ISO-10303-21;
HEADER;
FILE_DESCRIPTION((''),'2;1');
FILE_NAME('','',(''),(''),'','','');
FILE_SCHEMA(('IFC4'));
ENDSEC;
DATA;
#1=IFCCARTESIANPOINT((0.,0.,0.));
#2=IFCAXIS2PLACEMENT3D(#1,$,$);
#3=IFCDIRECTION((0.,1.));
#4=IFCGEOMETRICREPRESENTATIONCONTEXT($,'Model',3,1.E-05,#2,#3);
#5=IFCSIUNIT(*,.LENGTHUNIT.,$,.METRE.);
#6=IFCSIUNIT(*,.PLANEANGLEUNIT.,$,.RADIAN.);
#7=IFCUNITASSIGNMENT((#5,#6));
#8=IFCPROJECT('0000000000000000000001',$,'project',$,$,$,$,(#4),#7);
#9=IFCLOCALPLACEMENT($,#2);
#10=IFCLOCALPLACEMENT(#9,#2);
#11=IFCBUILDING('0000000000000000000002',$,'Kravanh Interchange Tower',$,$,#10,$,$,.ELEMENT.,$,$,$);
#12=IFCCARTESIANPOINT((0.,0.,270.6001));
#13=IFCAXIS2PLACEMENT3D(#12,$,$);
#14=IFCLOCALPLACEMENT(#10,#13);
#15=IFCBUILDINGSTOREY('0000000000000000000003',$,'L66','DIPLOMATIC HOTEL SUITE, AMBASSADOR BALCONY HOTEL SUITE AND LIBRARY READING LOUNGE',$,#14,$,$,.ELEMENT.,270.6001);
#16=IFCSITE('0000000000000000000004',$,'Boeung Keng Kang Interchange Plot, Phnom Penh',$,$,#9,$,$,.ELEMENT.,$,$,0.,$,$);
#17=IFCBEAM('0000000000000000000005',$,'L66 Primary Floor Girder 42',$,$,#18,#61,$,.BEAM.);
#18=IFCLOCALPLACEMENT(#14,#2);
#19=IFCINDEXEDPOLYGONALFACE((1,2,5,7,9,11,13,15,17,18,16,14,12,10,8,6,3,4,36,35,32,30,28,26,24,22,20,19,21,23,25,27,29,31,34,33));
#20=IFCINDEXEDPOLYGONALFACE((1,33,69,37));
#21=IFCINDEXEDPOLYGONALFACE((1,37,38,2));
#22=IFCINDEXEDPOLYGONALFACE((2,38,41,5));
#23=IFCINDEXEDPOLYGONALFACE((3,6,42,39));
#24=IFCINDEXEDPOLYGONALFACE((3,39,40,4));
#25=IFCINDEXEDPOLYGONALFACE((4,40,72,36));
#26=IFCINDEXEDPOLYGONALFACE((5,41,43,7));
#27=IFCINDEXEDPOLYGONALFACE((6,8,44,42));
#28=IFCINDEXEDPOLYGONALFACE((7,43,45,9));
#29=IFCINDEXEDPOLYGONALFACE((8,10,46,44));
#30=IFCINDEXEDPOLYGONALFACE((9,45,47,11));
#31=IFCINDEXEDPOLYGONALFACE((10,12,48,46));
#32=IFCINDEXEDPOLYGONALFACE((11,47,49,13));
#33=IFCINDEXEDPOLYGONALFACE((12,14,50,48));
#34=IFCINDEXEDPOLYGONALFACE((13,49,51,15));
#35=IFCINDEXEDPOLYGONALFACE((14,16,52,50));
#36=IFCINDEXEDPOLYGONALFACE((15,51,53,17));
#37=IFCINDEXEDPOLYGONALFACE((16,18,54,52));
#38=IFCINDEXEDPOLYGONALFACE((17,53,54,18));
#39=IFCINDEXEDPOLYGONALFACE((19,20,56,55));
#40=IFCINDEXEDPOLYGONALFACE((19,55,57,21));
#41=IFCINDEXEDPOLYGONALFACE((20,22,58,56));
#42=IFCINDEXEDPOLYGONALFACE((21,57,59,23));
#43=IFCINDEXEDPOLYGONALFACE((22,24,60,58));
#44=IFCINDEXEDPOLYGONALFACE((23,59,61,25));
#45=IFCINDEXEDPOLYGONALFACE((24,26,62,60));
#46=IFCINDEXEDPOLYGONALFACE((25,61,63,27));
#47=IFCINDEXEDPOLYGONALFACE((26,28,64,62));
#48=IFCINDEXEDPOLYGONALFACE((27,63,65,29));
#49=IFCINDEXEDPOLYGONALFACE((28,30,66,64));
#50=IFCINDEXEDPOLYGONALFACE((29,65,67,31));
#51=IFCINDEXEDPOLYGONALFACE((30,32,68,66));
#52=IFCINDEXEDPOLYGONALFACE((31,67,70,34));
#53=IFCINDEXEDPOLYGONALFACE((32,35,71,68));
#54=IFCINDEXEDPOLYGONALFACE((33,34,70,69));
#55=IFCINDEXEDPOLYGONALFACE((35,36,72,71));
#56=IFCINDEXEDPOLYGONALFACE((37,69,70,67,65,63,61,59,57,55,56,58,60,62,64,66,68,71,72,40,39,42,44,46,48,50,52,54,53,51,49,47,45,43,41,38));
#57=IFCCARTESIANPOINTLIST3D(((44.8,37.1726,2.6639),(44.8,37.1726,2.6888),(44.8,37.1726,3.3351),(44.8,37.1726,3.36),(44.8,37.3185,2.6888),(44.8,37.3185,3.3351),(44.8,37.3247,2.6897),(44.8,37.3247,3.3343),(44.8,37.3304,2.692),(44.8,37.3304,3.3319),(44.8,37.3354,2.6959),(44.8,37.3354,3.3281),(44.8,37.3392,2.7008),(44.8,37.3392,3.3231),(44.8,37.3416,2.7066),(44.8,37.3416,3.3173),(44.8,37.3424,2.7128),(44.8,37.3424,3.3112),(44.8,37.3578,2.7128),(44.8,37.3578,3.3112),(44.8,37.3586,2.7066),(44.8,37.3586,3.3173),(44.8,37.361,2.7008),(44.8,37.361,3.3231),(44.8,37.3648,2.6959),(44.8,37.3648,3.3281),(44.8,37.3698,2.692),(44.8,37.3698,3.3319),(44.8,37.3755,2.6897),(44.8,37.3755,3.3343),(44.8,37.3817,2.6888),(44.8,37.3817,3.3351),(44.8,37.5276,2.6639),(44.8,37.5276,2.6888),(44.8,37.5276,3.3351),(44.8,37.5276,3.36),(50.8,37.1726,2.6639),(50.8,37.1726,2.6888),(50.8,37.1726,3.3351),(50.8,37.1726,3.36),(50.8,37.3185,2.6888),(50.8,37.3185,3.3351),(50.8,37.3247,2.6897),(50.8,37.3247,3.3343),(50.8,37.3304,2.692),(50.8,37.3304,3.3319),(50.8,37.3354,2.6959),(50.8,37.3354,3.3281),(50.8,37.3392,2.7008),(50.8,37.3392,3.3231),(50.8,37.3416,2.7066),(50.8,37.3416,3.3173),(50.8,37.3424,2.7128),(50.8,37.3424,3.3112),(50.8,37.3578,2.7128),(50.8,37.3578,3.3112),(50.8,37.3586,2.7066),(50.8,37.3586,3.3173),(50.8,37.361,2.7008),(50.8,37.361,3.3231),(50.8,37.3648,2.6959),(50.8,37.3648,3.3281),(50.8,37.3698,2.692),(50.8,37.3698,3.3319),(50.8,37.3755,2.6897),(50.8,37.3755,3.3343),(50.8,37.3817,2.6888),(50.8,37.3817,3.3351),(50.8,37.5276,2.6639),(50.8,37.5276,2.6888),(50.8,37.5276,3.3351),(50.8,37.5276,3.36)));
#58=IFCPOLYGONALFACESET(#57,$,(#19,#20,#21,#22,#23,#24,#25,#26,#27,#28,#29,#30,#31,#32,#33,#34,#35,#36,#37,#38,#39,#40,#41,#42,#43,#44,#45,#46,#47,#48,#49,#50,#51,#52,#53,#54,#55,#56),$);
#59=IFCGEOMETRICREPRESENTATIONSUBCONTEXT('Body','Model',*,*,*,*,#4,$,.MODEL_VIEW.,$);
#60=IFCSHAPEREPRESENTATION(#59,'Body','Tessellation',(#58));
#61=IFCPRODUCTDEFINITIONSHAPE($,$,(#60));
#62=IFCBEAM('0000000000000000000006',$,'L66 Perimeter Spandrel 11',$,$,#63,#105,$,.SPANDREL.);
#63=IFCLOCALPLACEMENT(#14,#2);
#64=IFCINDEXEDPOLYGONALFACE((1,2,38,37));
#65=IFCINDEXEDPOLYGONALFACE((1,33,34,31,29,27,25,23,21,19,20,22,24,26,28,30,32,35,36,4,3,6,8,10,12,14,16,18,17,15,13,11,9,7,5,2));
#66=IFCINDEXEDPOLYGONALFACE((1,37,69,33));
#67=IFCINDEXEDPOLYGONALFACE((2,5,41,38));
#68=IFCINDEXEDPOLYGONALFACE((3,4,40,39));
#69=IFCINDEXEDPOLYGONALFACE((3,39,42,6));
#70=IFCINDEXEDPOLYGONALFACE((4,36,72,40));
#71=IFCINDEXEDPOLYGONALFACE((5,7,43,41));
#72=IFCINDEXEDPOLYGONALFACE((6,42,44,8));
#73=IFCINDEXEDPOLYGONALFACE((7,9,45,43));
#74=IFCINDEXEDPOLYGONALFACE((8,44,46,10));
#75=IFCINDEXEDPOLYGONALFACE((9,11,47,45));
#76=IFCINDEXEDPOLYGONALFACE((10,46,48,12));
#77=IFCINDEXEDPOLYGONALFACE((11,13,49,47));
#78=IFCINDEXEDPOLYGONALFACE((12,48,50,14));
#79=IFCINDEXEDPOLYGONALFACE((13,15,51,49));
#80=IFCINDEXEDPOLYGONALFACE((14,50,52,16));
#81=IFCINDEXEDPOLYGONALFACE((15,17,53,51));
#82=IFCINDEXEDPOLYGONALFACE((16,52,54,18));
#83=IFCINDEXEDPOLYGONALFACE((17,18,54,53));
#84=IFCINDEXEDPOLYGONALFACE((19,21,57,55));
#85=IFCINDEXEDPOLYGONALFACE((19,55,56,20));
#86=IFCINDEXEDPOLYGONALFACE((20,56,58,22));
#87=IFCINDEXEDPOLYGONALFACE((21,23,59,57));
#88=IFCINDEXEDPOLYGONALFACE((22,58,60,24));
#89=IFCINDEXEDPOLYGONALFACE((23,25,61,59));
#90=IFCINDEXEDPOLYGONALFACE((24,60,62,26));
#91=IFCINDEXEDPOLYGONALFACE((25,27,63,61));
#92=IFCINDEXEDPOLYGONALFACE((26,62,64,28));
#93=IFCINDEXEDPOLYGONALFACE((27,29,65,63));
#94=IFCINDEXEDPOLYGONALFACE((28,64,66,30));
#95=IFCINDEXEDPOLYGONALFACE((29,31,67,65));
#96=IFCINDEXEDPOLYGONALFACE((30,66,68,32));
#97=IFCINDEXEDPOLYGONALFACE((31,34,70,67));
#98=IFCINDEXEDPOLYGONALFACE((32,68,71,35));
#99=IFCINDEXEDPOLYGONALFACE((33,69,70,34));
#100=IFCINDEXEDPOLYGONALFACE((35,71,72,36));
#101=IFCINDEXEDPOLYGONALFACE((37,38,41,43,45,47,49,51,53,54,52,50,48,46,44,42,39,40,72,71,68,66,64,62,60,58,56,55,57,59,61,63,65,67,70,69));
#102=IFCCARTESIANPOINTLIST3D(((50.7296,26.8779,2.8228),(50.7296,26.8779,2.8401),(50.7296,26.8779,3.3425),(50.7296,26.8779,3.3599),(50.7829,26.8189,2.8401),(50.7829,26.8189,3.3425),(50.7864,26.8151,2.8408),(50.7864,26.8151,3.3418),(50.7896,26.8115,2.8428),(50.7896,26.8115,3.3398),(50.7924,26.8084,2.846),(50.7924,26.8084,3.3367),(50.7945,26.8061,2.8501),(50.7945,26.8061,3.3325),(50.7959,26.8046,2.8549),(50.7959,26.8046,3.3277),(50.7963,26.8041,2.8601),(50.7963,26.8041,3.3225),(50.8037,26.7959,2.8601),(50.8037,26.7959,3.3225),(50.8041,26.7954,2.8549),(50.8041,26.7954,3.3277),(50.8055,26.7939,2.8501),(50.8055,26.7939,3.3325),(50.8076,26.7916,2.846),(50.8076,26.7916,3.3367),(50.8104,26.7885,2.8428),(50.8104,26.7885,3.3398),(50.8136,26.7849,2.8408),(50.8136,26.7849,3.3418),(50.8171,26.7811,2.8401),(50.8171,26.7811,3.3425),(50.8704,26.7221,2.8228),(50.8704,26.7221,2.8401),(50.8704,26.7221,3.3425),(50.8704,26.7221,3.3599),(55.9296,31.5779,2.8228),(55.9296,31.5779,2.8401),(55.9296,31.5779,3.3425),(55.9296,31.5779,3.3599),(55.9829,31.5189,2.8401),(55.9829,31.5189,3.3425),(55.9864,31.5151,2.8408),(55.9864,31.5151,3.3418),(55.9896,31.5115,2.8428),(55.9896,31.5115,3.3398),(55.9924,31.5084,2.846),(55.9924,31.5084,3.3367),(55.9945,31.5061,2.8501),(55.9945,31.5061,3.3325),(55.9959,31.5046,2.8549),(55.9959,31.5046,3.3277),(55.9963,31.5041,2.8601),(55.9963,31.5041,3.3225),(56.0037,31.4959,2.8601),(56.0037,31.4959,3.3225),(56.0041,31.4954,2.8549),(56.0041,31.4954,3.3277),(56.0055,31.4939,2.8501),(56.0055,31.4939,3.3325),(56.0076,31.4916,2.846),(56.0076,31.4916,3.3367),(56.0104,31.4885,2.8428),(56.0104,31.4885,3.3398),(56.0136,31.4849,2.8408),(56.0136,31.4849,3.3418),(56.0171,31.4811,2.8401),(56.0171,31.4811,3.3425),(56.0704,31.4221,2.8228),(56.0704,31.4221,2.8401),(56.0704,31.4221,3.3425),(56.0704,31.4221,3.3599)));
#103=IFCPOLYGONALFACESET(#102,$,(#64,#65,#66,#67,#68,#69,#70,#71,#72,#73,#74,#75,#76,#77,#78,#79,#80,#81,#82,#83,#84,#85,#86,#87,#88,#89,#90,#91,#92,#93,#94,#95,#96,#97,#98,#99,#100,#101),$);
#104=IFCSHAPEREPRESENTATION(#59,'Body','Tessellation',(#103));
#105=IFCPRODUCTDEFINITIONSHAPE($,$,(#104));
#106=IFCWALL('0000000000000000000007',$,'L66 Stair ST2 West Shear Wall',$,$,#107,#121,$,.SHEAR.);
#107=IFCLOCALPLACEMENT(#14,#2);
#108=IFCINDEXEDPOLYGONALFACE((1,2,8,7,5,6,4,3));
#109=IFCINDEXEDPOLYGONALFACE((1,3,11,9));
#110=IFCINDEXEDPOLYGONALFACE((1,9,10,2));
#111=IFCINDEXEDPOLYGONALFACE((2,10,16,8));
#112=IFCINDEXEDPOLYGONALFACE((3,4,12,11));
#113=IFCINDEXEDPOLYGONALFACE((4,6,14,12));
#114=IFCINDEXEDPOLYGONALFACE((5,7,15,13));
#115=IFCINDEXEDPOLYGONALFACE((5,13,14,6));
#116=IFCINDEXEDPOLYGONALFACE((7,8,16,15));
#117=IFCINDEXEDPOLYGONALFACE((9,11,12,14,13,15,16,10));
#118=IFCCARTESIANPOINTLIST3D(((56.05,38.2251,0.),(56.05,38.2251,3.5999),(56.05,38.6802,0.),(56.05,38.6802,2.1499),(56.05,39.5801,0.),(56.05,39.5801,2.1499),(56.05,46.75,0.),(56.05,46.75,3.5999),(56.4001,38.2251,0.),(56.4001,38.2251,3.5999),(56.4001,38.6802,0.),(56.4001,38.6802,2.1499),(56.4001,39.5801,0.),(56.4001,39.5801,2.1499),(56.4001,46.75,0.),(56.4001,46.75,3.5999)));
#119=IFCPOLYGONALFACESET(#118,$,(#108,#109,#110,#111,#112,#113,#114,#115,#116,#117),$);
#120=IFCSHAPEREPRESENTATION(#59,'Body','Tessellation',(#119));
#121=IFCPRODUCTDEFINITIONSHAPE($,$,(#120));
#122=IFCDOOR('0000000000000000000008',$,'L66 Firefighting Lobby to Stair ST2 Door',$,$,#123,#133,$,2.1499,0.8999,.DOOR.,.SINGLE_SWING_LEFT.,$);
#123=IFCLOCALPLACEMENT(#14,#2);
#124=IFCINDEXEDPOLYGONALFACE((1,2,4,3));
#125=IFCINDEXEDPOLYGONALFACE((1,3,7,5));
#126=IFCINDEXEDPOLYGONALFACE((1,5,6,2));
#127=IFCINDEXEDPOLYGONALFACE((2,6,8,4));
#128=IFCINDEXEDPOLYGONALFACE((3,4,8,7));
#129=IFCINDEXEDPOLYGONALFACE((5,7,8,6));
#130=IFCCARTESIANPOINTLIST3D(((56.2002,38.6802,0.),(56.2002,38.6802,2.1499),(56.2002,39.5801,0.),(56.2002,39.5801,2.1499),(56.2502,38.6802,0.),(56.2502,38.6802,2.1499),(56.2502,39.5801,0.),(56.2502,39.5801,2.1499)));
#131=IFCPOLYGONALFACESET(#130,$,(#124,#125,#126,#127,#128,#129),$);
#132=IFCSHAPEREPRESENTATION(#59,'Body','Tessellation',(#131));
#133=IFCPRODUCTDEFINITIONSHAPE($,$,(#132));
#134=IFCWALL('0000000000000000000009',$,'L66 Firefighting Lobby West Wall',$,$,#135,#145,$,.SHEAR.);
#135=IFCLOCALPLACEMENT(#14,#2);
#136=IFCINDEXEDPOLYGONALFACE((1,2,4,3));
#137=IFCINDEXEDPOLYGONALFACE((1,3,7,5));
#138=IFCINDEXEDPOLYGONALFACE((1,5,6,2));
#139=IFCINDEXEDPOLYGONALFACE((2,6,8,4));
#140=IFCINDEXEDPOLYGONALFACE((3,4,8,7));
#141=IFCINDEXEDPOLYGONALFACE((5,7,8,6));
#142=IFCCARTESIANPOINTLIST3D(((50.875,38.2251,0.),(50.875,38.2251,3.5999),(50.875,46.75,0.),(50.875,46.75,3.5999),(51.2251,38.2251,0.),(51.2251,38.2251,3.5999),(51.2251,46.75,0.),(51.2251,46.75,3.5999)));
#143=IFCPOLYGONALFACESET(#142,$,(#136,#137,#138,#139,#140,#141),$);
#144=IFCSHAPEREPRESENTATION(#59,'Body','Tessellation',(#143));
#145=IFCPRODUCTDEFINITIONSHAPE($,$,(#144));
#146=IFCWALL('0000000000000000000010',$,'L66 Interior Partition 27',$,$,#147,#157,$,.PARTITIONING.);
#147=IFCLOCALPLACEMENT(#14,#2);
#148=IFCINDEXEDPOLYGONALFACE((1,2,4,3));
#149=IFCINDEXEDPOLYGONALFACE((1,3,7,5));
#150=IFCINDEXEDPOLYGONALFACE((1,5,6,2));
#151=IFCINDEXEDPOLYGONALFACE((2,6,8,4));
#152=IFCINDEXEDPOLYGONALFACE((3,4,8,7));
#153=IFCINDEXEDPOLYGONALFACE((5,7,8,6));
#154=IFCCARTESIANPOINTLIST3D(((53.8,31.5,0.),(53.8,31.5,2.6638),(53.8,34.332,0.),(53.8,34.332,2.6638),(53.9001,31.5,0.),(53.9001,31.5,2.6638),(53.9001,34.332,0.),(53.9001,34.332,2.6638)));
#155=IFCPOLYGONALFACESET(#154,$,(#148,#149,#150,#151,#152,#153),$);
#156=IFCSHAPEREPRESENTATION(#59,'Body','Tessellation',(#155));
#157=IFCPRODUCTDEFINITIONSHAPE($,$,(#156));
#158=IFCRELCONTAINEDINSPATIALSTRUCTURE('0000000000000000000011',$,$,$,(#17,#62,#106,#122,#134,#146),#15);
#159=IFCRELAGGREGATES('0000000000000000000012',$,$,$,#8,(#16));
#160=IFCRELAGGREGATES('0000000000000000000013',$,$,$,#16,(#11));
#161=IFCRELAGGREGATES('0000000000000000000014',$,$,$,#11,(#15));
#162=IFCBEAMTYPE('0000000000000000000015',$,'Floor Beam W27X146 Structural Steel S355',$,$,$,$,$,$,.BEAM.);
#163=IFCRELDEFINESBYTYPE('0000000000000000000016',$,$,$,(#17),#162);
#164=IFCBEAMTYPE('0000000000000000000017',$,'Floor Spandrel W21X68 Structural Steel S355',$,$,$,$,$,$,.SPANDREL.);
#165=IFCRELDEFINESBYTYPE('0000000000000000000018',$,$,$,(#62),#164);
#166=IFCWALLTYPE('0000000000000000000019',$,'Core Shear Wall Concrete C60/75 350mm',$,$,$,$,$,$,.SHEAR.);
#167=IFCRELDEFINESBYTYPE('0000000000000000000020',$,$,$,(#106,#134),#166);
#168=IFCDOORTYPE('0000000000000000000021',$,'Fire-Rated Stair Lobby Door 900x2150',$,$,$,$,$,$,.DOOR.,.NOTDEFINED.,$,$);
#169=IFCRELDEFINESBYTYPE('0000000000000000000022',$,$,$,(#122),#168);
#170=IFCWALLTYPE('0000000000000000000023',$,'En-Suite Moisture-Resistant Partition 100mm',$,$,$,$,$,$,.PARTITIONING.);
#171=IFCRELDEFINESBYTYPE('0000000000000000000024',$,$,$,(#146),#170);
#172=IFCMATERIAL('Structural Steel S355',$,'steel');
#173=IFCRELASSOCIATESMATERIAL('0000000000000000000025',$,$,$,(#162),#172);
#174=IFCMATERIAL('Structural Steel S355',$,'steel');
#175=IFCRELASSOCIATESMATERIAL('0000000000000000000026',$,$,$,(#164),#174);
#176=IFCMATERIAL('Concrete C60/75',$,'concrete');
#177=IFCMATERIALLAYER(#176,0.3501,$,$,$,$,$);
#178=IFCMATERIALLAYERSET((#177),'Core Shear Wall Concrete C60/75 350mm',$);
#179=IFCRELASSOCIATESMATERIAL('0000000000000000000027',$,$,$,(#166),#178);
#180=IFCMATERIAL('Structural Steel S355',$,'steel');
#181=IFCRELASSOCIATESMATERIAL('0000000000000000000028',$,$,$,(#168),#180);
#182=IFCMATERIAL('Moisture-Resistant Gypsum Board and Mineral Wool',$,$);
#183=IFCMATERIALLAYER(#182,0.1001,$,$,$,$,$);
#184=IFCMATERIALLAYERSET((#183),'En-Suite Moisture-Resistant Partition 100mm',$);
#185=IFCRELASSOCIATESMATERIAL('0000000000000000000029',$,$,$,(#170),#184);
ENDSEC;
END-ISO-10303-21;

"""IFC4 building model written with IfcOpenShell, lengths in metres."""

from ifc_helpers import new_model, si_unit, direction, frame, frame_2d, origin, origin_2d, place, context, subcontext, project, spatial, rectangle, i_section, extrude, material, layer, layer_set, material_profile, profile_set, type_object, element, fill, save


model = new_model("IFC4")

# Units and contexts
model_context = context("Model", 3, precision=1e-05, world=origin(), true_north=direction((0.0, 1.0)))
body_context = subcontext(model_context, "Body", "Model", "MODEL_VIEW")
ifc_project = project(units=[si_unit("LENGTHUNIT", "METRE"), si_unit("PLANEANGLEUNIT", "RADIAN")], contexts=[model_context])

# Site, building, storey
site_placement = place(None, origin())
site = spatial("IfcSite", under=ifc_project, at=site_placement, Name="Boeung Keng Kang Interchange Plot, Phnom Penh", CompositionType="ELEMENT", RefElevation=0.0)
building_placement = place(site_placement, origin())
building = spatial("IfcBuilding", under=site, at=building_placement, Name="Kravanh Interchange Tower", CompositionType="ELEMENT")
storey_placement = place(building_placement, frame((0.0, 0.0, 270.6001)))
storey = spatial("IfcBuildingStorey", under=building, at=storey_placement, Name="L66", Description="DIPLOMATIC HOTEL SUITE, AMBASSADOR BALCONY HOTEL SUITE AND LIBRARY READING LOUNGE", CompositionType="ELEMENT", Elevation=270.6001)

# Beams
ifc_material_1 = material(Name="Structural Steel S355", Category="steel")
ifc_material_profile_1 = material_profile(ifc_material_1, i_section(OverallWidth=0.355, OverallDepth=0.696, WebThickness=0.0154, FlangeThickness=0.0249, FilletRadius=0.0239, at=origin_2d()), Name="W27X146")
ifc_profile_set_1 = profile_set([ifc_material_profile_1], Name="Structural Steel S355")
beam_type_1 = type_object("IfcBeamType", Name="Floor Beam W27X146 Structural Steel S355", PredefinedType="BEAM", material=ifc_profile_set_1)
beam_1_placement = place(storey_placement, frame((50.8, 37.3501, 3.012), z_axis=(-1.0, 0.0, 0.0), x_axis=(0.0, -1.0, 0.0)))
element("IfcBeam", 1, at=beam_1_placement, inside=storey, type_object=beam_type_1, Name="L66 Primary Floor Girder 42", PredefinedType="BEAM", context=body_context, shape_type="SweptSolid", body=[
    extrude(i_section(OverallWidth=0.355, OverallDepth=0.696, WebThickness=0.0154, FlangeThickness=0.0249, FilletRadius=0.0239, at=origin_2d()), origin(), (0.0, 0.0, 1.0), 6.0),
])
ifc_material_2 = material(Name="Structural Steel S355", Category="steel")
ifc_material_profile_2 = material_profile(ifc_material_2, i_section(OverallWidth=0.21, OverallDepth=0.5371, WebThickness=0.011, FlangeThickness=0.0173, FilletRadius=0.02, at=origin_2d()), Name="W21X68")
ifc_profile_set_2 = profile_set([ifc_material_profile_2], Name="Structural Steel S355")
beam_type_2 = type_object("IfcBeamType", Name="Floor Spandrel W21X68 Structural Steel S355", PredefinedType="SPANDREL", material=ifc_profile_set_2)
beam_2_placement = place(storey_placement, frame((56.0, 31.5, 3.0913), z_axis=(-0.741874, -0.670539, 0.0), x_axis=(0.670539, -0.741874, 0.0)))
element("IfcBeam", 2, at=beam_2_placement, inside=storey, type_object=beam_type_2, Name="L66 Perimeter Spandrel 11", PredefinedType="SPANDREL", context=body_context, shape_type="SweptSolid", body=[
    extrude(i_section(OverallWidth=0.21, OverallDepth=0.5371, WebThickness=0.011, FlangeThickness=0.0173, FilletRadius=0.02, at=origin_2d()), origin(), (0.0, 0.0, 1.0), 7.0093),
])

# Wall, opening, door
ifc_material_3 = material(Name="Concrete C60/75", Category="concrete")
ifc_layer_1 = layer(ifc_material_3, 0.3501)
ifc_layer_set_1 = layer_set([ifc_layer_1], Name="Core Shear Wall Concrete C60/75 350mm")
wall_type_1 = type_object("IfcWallType", Name="Core Shear Wall Concrete C60/75 350mm", PredefinedType="SHEAR", material=ifc_layer_set_1)
wall_1_placement = place(storey_placement, frame((56.2251, 38.2251, 0.0), z_axis=(0.0, 0.0, 1.0), x_axis=(0.0, 1.0, 0.0)))
wall_1 = element("IfcWall", 3, at=wall_1_placement, inside=storey, type_object=wall_type_1, Name="L66 Stair ST2 West Shear Wall", PredefinedType="SHEAR", context=body_context, shape_type="SweptSolid", body=[
    extrude(rectangle(XDim=8.5249, YDim=0.3501, at=frame_2d((4.2625, 0.0))), origin(), (0.0, 0.0, 1.0), 3.5999),
])
opening_1_placement = place(wall_1_placement, frame((0.4551, 0.0, 0.0)))
opening_1 = element("IfcOpeningElement", 4, at=opening_1_placement, cuts=wall_1, PredefinedType="OPENING", context=body_context, shape_type="SweptSolid", body=[
    extrude(rectangle(XDim=0.8999, YDim=2.1499, at=frame_2d((0.45, 1.075))), frame((0.0, 0.1851, 0.0), z_axis=(0.0, -1.0, 0.0), x_axis=(1.0, 0.0, 0.0)), (0.0, 0.0, 1.0), 0.3701),
])
ifc_material_4 = material(Name="Structural Steel S355", Category="steel")
door_type_1 = type_object("IfcDoorType", Name="Fire-Rated Stair Lobby Door 900x2150", OperationType="NOTDEFINED", PredefinedType="DOOR", material=ifc_material_4)
door_1_placement = place(opening_1_placement, origin())
door_1 = element("IfcDoor", 5, at=door_1_placement, inside=storey, type_object=door_type_1, Name="L66 Firefighting Lobby to Stair ST2 Door", OperationType="SINGLE_SWING_LEFT", OverallHeight=2.1499, OverallWidth=0.8999, PredefinedType="DOOR", context=body_context, shape_type="SweptSolid", body=[
    extrude(rectangle(XDim=0.8999, YDim=2.1499, at=frame_2d((0.45, 1.075))), frame((0.0, 0.0249, 0.0), z_axis=(0.0, -1.0, 0.0), x_axis=(1.0, 0.0, 0.0)), (0.0, 0.0, 1.0), 0.05),
])
fill(opening_1, door_1)

# Wall
wall_2_placement = place(storey_placement, frame((51.05, 38.2251, 0.0), z_axis=(0.0, 0.0, 1.0), x_axis=(0.0, 1.0, 0.0)))
element("IfcWall", 6, at=wall_2_placement, inside=storey, type_object=wall_type_1, Name="L66 Firefighting Lobby West Wall", PredefinedType="SHEAR", context=body_context, shape_type="SweptSolid", body=[
    extrude(rectangle(XDim=8.5249, YDim=0.3501, at=frame_2d((4.2625, 0.0))), origin(), (0.0, 0.0, 1.0), 3.5999),
])

# Wall
ifc_material_5 = material(Name="Moisture-Resistant Gypsum Board and Mineral Wool")
ifc_layer_2 = layer(ifc_material_5, 0.1001)
ifc_layer_set_2 = layer_set([ifc_layer_2], Name="En-Suite Moisture-Resistant Partition 100mm")
wall_type_2 = type_object("IfcWallType", Name="En-Suite Moisture-Resistant Partition 100mm", PredefinedType="PARTITIONING", material=ifc_layer_set_2)
wall_3_placement = place(storey_placement, frame((53.8501, 31.5, 0.0), z_axis=(0.0, 0.0, 1.0), x_axis=(0.0, 1.0, 0.0)))
element("IfcWall", 7, at=wall_3_placement, inside=storey, type_object=wall_type_2, Name="L66 Interior Partition 27", PredefinedType="PARTITIONING", context=body_context, shape_type="SweptSolid", body=[
    extrude(rectangle(XDim=2.832, YDim=0.1001, at=frame_2d((1.416, 0.0))), origin(), (0.0, 0.0, 1.0), 2.6638),
])

save(model, "model.ifc")
